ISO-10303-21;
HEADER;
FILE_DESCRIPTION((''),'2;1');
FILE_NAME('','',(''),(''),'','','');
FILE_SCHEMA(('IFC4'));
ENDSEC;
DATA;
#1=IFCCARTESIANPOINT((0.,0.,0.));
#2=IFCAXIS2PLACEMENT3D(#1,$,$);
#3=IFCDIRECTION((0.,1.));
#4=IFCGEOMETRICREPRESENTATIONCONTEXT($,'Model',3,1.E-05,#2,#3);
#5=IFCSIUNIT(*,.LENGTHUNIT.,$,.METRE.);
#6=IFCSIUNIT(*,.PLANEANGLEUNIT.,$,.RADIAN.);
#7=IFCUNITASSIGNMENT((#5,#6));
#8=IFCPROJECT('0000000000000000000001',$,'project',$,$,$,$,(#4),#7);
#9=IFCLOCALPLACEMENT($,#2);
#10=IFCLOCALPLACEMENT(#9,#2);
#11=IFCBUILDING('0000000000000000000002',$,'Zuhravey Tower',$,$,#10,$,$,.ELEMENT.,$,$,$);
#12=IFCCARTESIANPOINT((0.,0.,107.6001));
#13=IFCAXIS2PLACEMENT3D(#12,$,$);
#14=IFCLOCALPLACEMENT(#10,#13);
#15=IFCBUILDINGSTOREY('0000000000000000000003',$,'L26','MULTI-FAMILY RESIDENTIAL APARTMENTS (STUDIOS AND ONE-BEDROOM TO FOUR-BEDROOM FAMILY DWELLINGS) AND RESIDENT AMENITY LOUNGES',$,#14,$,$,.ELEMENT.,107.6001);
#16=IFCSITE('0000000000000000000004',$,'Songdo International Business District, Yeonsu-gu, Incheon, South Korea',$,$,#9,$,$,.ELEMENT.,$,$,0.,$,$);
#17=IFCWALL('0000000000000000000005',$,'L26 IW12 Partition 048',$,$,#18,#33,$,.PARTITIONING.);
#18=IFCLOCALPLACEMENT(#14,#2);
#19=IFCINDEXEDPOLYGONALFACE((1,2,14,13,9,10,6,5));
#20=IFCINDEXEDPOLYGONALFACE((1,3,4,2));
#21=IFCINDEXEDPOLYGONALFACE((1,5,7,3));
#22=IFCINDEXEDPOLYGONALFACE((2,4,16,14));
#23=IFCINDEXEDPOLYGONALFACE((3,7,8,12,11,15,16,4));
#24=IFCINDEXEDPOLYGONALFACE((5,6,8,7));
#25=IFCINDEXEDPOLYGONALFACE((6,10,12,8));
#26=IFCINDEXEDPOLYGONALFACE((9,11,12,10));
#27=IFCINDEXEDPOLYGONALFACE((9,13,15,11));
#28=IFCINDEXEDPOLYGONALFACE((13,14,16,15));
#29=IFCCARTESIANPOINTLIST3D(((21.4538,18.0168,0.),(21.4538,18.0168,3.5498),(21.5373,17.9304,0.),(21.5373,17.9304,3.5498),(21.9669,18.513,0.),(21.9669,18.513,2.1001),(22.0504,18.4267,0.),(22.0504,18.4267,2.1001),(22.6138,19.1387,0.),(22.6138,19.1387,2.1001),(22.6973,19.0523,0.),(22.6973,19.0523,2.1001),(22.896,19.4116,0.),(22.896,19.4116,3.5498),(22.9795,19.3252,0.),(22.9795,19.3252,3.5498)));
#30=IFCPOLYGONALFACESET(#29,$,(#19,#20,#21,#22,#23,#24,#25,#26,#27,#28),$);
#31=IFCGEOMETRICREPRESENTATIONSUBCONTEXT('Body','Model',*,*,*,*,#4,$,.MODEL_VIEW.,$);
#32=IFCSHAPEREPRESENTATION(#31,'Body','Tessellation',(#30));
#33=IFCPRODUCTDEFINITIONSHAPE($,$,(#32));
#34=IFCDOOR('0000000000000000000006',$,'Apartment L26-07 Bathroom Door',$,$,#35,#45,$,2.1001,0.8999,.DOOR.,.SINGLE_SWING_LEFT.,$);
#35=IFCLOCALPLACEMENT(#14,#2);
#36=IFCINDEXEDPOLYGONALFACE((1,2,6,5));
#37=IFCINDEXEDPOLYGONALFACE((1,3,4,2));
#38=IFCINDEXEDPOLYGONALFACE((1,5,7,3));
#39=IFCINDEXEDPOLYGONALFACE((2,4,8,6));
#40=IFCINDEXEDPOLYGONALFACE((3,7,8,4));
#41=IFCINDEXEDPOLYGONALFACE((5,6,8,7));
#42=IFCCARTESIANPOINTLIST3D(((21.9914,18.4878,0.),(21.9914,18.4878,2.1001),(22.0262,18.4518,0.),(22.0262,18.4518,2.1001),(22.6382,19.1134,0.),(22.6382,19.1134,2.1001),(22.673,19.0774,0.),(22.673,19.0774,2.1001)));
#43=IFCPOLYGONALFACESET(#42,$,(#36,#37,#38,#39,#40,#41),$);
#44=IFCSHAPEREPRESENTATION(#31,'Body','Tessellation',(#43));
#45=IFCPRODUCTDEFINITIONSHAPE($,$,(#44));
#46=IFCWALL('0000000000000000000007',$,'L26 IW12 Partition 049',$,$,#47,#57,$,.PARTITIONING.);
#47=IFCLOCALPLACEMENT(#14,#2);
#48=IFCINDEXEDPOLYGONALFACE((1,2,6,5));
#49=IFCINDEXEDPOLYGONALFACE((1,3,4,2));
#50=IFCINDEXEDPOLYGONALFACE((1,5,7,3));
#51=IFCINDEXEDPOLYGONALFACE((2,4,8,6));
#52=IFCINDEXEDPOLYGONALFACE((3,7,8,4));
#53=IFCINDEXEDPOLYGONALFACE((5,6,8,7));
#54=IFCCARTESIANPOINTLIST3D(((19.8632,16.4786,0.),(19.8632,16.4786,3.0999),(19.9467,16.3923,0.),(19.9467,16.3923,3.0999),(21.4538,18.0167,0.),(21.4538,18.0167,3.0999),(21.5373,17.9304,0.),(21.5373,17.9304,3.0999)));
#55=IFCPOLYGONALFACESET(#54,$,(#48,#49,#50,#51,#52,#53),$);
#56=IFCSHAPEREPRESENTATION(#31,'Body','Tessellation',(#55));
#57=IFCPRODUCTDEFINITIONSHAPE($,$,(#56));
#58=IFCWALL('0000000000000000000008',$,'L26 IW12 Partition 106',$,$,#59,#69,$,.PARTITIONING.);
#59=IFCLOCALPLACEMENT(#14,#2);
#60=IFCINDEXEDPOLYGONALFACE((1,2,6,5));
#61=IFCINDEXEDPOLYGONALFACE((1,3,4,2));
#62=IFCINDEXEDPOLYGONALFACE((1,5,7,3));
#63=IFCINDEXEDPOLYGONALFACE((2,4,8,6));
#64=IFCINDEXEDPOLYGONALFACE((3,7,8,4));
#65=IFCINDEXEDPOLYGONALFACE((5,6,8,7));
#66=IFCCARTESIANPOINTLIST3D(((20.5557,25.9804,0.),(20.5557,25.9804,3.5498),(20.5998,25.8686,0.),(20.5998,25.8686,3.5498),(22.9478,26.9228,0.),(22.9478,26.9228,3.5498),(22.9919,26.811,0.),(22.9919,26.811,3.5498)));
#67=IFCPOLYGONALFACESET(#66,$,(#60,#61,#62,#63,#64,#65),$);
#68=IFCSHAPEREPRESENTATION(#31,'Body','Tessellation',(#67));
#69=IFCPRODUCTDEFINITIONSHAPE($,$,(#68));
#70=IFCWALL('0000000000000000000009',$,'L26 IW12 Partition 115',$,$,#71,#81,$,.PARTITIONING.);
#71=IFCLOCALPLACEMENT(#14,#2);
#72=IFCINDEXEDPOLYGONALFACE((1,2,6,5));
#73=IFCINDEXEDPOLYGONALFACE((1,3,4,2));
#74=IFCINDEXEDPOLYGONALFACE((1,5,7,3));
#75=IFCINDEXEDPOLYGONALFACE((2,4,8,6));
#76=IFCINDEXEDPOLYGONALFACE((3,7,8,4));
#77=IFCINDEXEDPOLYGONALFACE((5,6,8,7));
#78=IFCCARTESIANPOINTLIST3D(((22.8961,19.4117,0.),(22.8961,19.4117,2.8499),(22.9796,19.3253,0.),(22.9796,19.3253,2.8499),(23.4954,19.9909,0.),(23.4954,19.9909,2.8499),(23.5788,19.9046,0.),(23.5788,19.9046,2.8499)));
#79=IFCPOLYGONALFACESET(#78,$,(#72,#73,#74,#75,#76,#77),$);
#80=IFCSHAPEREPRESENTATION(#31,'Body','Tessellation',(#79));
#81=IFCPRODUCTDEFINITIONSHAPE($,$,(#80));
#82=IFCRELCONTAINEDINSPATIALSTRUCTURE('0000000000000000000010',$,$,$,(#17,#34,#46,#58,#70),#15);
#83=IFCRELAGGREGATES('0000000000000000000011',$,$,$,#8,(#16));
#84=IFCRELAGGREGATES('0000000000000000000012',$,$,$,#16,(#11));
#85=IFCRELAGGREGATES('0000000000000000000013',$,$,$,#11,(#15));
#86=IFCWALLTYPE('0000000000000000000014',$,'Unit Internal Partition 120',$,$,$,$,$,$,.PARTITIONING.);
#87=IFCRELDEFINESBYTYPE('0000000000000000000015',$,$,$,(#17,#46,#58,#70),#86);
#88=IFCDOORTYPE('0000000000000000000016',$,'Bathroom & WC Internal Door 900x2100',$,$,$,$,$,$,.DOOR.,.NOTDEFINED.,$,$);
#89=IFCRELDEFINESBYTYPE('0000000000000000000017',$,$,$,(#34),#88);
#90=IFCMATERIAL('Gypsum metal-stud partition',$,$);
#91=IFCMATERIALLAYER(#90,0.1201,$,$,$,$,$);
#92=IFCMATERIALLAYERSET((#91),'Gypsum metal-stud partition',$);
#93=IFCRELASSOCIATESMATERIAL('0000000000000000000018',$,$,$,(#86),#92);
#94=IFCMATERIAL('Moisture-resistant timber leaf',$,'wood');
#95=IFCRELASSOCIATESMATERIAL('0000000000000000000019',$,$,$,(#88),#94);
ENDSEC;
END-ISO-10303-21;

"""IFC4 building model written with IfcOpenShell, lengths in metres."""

from ifc_helpers import new_model, si_unit, direction, frame, frame_2d, origin, place, context, subcontext, project, spatial, rectangle, extrude, material, layer, layer_set, type_object, element, fill, save


model = new_model("IFC4")

# Units and contexts
model_context = context("Model", 3, precision=1e-05, world=origin(), true_north=direction((0.0, 1.0)))
body_context = subcontext(model_context, "Body", "Model", "MODEL_VIEW")
ifc_project = project(units=[si_unit("LENGTHUNIT", "METRE"), si_unit("PLANEANGLEUNIT", "RADIAN")], contexts=[model_context])

# Site, building, storey
site_placement = place(None, origin())
site = spatial("IfcSite", under=ifc_project, at=site_placement, Name="Songdo International Business District, Yeonsu-gu, Incheon, South Korea", CompositionType="ELEMENT", RefElevation=0.0)
building_placement = place(site_placement, origin())
building = spatial("IfcBuilding", under=site, at=building_placement, Name="Zuhravey Tower", CompositionType="ELEMENT")
storey_placement = place(building_placement, frame((0.0, 0.0, 107.6001)))
storey = spatial("IfcBuildingStorey", under=building, at=storey_placement, Name="L26", Description="MULTI-FAMILY RESIDENTIAL APARTMENTS (STUDIOS AND ONE-BEDROOM TO FOUR-BEDROOM FAMILY DWELLINGS) AND RESIDENT AMENITY LOUNGES", CompositionType="ELEMENT", Elevation=107.6001)

# Wall, opening, door
ifc_material_1 = material(Name="Gypsum metal-stud partition")
ifc_layer_1 = layer(ifc_material_1, 0.1201)
ifc_layer_set_1 = layer_set([ifc_layer_1], Name="Gypsum metal-stud partition")
wall_type_1 = type_object("IfcWallType", Name="Unit Internal Partition 120", PredefinedType="PARTITIONING", material=ifc_layer_set_1)
wall_1_placement = place(storey_placement, frame((22.9377, 19.3684, 0.0), z_axis=(0.0, 0.0, 1.0), x_axis=(-0.718812, -0.695205, 0.0)))
wall_1 = element("IfcWall", 1, at=wall_1_placement, inside=storey, type_object=wall_type_1, Name="L26 IW12 Partition 048", PredefinedType="PARTITIONING", context=body_context, shape_type="SweptSolid", body=[
    extrude(rectangle(XDim=2.0063, YDim=0.1201, at=frame_2d((1.0032, 0.0))), origin(), (0.0, 0.0, 1.0), 3.5498),
])
opening_1_placement = place(wall_1_placement, frame((0.3926, 0.0, 0.0)))
opening_1 = element("IfcOpeningElement", 2, at=opening_1_placement, cuts=wall_1, PredefinedType="OPENING", context=body_context, shape_type="SweptSolid", body=[
    extrude(rectangle(XDim=0.8999, YDim=2.1001, at=frame_2d((0.45, 1.05))), frame((0.0, 0.072, 0.0), z_axis=(0.0, -1.0, 0.0), x_axis=(1.0, 0.0, 0.0)), (0.0, 0.0, 1.0), 0.144),
])
ifc_material_2 = material(Name="Moisture-resistant timber leaf", Category="wood")
door_type_1 = type_object("IfcDoorType", Name="Bathroom & WC Internal Door 900x2100", OperationType="NOTDEFINED", PredefinedType="DOOR", material=ifc_material_2)
door_1_placement = place(opening_1_placement, frame((0.8999, 0.0, 0.0), z_axis=(0.0, 0.0, 1.0), x_axis=(-1.0, 0.0, 0.0)))
door_1 = element("IfcDoor", 3, at=door_1_placement, inside=storey, type_object=door_type_1, Name="Apartment L26-07 Bathroom Door", OperationType="SINGLE_SWING_LEFT", OverallHeight=2.1001, OverallWidth=0.8999, PredefinedType="DOOR", context=body_context, shape_type="SweptSolid", body=[
    extrude(rectangle(XDim=0.8999, YDim=2.1001, at=frame_2d((0.45, 1.05))), frame((0.0, 0.0249, 0.0), z_axis=(0.0, -1.0, 0.0), x_axis=(1.0, 0.0, 0.0)), (0.0, 0.0, 1.0), 0.05),
])
fill(opening_1, door_1)

# Walls
wall_2_placement = place(storey_placement, frame((21.4956, 17.9736, 0.0), z_axis=(0.0, 0.0, 1.0), x_axis=(-0.718869, -0.695146, 0.0)))
element("IfcWall", 4, at=wall_2_placement, inside=storey, type_object=wall_type_1, Name="L26 IW12 Partition 049", PredefinedType="PARTITIONING", context=body_context, shape_type="SweptSolid", body=[
    extrude(rectangle(XDim=2.2126, YDim=0.1201, at=frame_2d((1.1064, 0.0))), origin(), (0.0, 0.0, 1.0), 3.0999),
])
wall_3_placement = place(storey_placement, frame((22.97, 26.8669, 0.0), z_axis=(0.0, 0.0, 1.0), x_axis=(-0.930403, -0.366539, 0.0)))
element("IfcWall", 5, at=wall_3_placement, inside=storey, type_object=wall_type_1, Name="L26 IW12 Partition 106", PredefinedType="PARTITIONING", context=body_context, shape_type="SweptSolid", body=[
    extrude(rectangle(XDim=2.571, YDim=0.1201, at=frame_2d((1.2856, 0.0))), origin(), (0.0, 0.0, 1.0), 3.5498),
])
wall_4_placement = place(storey_placement, frame((23.5371, 19.9478, 0.0), z_axis=(0.0, 0.0, 1.0), x_axis=(-0.719013, -0.694997, 0.0)))
element("IfcWall", 6, at=wall_4_placement, inside=storey, type_object=wall_type_1, Name="L26 IW12 Partition 115", PredefinedType="PARTITIONING", context=body_context, shape_type="SweptSolid", body=[
    extrude(rectangle(XDim=0.8335, YDim=0.1201, at=frame_2d((0.4167, 0.0))), origin(), (0.0, 0.0, 1.0), 2.8499),
])

save(model, "model.ifc")
